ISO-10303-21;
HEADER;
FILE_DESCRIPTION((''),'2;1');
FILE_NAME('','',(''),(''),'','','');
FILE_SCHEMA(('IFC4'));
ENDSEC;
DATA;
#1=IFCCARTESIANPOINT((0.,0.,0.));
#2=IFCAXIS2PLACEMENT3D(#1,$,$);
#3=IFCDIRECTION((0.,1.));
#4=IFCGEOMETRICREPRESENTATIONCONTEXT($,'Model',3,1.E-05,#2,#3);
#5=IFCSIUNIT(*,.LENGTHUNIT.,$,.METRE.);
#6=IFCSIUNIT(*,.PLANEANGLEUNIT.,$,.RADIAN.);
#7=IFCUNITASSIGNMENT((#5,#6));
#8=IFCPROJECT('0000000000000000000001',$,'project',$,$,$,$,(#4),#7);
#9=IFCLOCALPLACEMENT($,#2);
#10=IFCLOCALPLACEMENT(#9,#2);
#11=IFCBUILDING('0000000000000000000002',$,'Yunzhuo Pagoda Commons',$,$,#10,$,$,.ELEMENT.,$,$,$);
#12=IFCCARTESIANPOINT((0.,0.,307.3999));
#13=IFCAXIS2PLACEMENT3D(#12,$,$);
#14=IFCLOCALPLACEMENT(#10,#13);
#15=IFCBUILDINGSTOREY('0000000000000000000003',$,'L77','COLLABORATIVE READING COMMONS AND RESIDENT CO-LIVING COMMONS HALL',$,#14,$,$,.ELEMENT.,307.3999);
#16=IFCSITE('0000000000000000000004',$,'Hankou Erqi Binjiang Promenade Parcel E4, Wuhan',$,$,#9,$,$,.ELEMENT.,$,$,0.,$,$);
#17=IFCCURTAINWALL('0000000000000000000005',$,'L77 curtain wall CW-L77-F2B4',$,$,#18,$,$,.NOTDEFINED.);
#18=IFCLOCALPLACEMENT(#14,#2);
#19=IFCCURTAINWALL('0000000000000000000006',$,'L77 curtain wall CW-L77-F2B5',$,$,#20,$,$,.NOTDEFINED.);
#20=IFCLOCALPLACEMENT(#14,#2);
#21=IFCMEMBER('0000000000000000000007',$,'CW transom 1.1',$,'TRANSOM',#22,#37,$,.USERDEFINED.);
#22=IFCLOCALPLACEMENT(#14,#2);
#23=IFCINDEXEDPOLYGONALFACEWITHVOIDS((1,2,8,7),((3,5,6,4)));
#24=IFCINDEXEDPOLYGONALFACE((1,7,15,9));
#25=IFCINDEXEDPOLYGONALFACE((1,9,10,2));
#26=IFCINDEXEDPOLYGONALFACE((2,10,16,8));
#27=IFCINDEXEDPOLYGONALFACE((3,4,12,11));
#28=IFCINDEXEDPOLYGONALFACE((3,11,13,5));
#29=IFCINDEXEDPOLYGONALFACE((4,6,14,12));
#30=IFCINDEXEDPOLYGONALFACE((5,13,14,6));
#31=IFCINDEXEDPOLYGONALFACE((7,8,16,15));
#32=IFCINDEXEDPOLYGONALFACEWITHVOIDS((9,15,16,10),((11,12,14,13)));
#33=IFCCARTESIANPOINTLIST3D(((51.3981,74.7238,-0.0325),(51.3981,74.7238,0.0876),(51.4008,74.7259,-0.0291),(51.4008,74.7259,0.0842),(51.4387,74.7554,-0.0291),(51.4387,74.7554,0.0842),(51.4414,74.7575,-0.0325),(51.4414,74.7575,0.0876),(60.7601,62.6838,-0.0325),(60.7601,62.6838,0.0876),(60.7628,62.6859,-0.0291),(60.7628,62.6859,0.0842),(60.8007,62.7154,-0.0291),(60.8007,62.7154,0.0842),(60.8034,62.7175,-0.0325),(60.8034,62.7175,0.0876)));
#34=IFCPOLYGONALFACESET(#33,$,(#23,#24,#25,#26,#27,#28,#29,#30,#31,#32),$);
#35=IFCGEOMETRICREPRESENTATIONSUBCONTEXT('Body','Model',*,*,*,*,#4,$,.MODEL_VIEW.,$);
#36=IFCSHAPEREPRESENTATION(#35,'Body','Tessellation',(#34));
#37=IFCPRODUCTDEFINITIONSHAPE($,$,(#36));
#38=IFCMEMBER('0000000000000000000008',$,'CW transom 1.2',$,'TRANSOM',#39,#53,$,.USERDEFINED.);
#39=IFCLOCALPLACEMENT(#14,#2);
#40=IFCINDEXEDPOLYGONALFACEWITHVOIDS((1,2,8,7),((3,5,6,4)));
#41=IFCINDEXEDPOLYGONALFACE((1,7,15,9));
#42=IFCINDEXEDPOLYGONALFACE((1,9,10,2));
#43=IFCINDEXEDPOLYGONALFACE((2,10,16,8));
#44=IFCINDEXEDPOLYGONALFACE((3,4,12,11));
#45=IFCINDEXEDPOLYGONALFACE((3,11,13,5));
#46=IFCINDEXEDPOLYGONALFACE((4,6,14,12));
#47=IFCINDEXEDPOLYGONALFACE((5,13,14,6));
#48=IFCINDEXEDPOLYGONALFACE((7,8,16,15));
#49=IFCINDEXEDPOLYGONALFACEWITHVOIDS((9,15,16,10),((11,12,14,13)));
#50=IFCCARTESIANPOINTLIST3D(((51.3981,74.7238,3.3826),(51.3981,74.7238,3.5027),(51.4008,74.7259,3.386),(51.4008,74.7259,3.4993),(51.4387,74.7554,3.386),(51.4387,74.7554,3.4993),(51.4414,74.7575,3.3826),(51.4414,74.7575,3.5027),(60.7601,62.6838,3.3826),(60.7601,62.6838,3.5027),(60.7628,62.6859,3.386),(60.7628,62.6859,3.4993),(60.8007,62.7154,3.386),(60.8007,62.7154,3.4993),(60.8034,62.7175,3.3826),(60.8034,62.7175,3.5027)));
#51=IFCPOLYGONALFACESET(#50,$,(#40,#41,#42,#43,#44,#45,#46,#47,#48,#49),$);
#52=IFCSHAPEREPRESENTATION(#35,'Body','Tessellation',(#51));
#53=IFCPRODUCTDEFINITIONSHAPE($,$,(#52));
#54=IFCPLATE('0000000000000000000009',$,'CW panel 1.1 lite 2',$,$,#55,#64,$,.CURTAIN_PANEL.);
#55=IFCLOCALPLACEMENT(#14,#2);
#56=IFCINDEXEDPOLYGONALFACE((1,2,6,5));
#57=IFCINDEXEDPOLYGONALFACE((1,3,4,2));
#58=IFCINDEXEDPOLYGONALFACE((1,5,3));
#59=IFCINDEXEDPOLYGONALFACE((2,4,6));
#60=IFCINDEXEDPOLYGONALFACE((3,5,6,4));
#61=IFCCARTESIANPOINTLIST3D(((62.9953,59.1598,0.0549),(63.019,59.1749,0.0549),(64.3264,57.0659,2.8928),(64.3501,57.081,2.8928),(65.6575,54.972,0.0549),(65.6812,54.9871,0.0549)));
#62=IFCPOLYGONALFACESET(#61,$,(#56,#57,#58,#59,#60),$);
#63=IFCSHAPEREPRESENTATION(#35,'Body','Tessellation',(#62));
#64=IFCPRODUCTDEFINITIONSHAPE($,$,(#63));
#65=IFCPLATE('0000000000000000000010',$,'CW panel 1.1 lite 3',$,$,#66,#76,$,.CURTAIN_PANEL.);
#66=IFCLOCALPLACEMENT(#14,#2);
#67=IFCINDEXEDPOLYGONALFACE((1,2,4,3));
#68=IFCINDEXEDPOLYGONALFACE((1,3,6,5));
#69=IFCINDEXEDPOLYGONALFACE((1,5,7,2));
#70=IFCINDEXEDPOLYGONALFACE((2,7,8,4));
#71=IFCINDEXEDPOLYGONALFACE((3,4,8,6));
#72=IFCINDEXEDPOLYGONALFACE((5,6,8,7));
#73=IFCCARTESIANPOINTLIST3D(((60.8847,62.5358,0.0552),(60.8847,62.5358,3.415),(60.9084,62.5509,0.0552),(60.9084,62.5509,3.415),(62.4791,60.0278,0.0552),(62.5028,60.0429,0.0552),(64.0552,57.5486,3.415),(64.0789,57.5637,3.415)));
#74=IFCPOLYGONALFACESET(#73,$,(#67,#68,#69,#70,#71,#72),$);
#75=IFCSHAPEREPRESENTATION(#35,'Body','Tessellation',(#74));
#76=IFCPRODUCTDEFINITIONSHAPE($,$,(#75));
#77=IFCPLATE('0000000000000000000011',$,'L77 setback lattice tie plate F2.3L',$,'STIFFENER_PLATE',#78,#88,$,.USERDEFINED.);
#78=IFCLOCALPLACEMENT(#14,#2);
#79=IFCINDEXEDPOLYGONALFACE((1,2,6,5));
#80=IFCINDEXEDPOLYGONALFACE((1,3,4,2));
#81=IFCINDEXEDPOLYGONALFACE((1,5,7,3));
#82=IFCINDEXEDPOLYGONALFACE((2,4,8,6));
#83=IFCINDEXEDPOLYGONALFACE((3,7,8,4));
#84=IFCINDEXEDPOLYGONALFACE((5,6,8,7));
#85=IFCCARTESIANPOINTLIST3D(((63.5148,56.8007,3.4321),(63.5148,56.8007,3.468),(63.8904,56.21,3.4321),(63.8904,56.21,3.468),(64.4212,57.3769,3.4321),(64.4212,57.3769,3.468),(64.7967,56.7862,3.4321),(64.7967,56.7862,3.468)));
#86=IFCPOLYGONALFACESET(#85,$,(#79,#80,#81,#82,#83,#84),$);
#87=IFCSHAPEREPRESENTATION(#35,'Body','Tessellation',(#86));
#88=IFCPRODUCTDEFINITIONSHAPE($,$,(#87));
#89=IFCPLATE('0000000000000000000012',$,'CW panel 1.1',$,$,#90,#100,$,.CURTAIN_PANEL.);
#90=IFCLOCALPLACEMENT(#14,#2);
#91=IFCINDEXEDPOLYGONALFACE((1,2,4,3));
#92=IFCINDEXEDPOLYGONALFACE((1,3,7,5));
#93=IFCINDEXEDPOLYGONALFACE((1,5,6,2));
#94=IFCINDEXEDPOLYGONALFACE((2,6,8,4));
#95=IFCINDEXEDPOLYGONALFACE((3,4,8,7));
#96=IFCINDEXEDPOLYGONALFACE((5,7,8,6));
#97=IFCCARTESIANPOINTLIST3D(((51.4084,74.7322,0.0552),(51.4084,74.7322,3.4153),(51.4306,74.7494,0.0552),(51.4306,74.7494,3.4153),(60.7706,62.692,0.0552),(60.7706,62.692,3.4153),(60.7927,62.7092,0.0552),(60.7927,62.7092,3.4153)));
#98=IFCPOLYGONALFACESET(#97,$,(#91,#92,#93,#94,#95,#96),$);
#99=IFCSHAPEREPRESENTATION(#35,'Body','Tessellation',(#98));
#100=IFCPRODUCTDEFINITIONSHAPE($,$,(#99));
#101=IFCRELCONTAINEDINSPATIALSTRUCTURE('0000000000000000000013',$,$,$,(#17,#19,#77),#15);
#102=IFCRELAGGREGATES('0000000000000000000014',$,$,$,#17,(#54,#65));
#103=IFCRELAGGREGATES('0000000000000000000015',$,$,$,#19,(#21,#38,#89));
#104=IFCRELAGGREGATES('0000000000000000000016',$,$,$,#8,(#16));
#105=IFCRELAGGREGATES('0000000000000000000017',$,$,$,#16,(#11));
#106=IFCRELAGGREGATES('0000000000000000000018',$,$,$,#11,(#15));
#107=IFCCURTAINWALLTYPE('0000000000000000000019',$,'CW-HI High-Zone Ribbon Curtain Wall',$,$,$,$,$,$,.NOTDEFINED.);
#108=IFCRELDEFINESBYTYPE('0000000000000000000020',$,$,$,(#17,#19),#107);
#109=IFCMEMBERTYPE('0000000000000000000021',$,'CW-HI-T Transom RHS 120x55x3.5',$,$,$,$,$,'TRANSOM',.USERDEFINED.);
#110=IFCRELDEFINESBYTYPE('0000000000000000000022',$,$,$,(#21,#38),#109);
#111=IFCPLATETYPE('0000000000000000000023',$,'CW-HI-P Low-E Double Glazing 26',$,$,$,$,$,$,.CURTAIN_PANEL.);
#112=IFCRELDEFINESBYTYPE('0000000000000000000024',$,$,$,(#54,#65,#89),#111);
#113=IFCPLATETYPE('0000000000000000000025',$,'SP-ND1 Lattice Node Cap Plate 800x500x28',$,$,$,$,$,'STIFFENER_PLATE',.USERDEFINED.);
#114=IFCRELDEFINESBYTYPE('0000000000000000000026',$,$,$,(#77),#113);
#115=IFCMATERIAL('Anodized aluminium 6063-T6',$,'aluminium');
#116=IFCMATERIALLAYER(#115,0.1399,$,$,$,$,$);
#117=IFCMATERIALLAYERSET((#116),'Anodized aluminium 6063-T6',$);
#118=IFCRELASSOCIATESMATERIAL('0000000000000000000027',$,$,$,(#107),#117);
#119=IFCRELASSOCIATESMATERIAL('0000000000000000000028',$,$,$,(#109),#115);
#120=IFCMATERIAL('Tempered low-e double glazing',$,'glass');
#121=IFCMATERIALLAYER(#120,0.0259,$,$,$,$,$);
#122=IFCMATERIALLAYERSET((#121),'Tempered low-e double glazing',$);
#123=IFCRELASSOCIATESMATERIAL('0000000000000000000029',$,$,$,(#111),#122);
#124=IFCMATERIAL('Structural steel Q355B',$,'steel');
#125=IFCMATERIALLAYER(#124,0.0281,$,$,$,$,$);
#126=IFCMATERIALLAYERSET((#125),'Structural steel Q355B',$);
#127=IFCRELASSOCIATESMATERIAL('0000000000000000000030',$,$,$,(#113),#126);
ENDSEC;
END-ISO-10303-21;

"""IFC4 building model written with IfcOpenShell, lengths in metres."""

from ifc_helpers import new_model, si_unit, direction, frame, origin, origin_2d, place, context, subcontext, project, spatial, polyline, rectangle, hollow_rectangle, outline, extrude, source, transform, mapped, material, layer, layer_set, material_profile, profile_set, type_object, element, aggregate, save


model = new_model("IFC4")

# Units and contexts
model_context = context("Model", 3, precision=1e-05, world=origin(), true_north=direction((0.0, 1.0)))
body_context = subcontext(model_context, "Body", "Model", "MODEL_VIEW")
ifc_project = project(units=[si_unit("LENGTHUNIT", "METRE"), si_unit("PLANEANGLEUNIT", "RADIAN")], contexts=[model_context])

# Site, building, storey
site_placement = place(None, origin())
site = spatial("IfcSite", under=ifc_project, at=site_placement, Name="Hankou Erqi Binjiang Promenade Parcel E4, Wuhan", CompositionType="ELEMENT", RefElevation=0.0)
building_placement = place(site_placement, origin())
building = spatial("IfcBuilding", under=site, at=building_placement, Name="Yunzhuo Pagoda Commons", CompositionType="ELEMENT")
storey_placement = place(building_placement, frame((0.0, 0.0, 307.3999)))
storey = spatial("IfcBuildingStorey", under=building, at=storey_placement, Name="L77", Description="COLLABORATIVE READING COMMONS AND RESIDENT CO-LIVING COMMONS HALL", CompositionType="ELEMENT", Elevation=307.3999)

# Shared definitions
ifc_material_1 = material(Name="Structural steel Q355B", Category="steel")

# Curtain wall
ifc_material_2 = material(Name="Anodized aluminium 6063-T6", Category="aluminium")
ifc_layer_1 = layer(ifc_material_2, 0.1399)
ifc_layer_set_1 = layer_set([ifc_layer_1], Name="Anodized aluminium 6063-T6")
curtain_wall_type = type_object("IfcCurtainWallType", Name="CW-HI High-Zone Ribbon Curtain Wall", PredefinedType="NOTDEFINED", material=ifc_layer_set_1)
curtain_wall_1_placement = place(storey_placement, origin())
curtain_wall_1 = element("IfcCurtainWall", 1, at=curtain_wall_1_placement, inside=storey, type_object=curtain_wall_type, Name="L77 curtain wall CW-L77-F2B4", PredefinedType="NOTDEFINED")

# Curtain wall, members
curtain_wall_2_placement = place(storey_placement, origin())
curtain_wall_2 = element("IfcCurtainWall", 2, at=curtain_wall_2_placement, inside=storey, type_object=curtain_wall_type, Name="L77 curtain wall CW-L77-F2B5", PredefinedType="NOTDEFINED")
ifc_material_profile_1 = material_profile(ifc_material_2, hollow_rectangle(XDim=0.0549, YDim=0.1201, WallThickness=0.0034, at=origin_2d()), Name="Anodized aluminium 6063-T6")
ifc_profile_set_1 = profile_set([ifc_material_profile_1], Name="Anodized aluminium 6063-T6")
member_type_1 = type_object("IfcMemberType", Name="CW-HI-T Transom RHS 120x55x3.5", ElementType="TRANSOM", PredefinedType="USERDEFINED", material=ifc_profile_set_1)
shared_shape_1 = source(origin(), body_context, "Body", "SweptSolid", [
    extrude(hollow_rectangle(XDim=0.0549, YDim=0.1201, WallThickness=0.0034, at=origin_2d()), origin(), (0.0, 0.0, 1.0), 15.2515),
])
member_1_placement = place(storey_placement, frame((60.7817, 62.7007, 0.0276), z_axis=(-0.613842, 0.789429, 0.0), x_axis=(-0.789429, -0.613842, 0.0)))
member_1 = element("IfcMember", 3, at=member_1_placement, type_object=member_type_1, Name="CW transom 1.1", ObjectType="TRANSOM", PredefinedType="USERDEFINED", context=body_context, shape_type="MappedRepresentation", body=[
    mapped(shared_shape_1, transform((0.0, 0.0, 0.0), scale=1.0)),
])
member_2_placement = place(storey_placement, frame((60.7817, 62.7007, 3.4426), z_axis=(-0.613842, 0.789429, 0.0), x_axis=(-0.789429, -0.613842, 0.0)))
member_2 = element("IfcMember", 4, at=member_2_placement, type_object=member_type_1, Name="CW transom 1.2", ObjectType="TRANSOM", PredefinedType="USERDEFINED", context=body_context, shape_type="MappedRepresentation", body=[
    mapped(shared_shape_1, transform((0.0, 0.0, 0.0), scale=1.0)),
])

# Plates
ifc_material_3 = material(Name="Tempered low-e double glazing", Category="glass")
ifc_layer_2 = layer(ifc_material_3, 0.0259)
ifc_layer_set_2 = layer_set([ifc_layer_2], Name="Tempered low-e double glazing")
plate_type_1 = type_object("IfcPlateType", Name="CW-HI-P Low-E Double Glazing 26", PredefinedType="CURTAIN_PANEL", material=ifc_layer_set_2)
plate_1_placement = place(storey_placement, frame((64.3264, 57.0659, 1.4739), z_axis=(0.84391, 0.536485, 0.0), x_axis=(-0.536485, 0.84391, 0.0)))
plate_1 = element("IfcPlate", 5, at=plate_1_placement, type_object=plate_type_1, Name="CW panel 1.1 lite 2", PredefinedType="CURTAIN_PANEL", context=body_context, shape_type="SweptSolid", body=[
    extrude(outline(polyline([(-2.4812, -1.4189), (2.4812, -1.4189), (0.0, 1.4189), (-2.4812, -1.4189)])), origin(), (0.0, 0.0, 1.0), 0.0281),
])
plate_2_placement = place(storey_placement, frame((62.47, 60.0422, 1.7351), z_axis=(0.84391, 0.536485, 0.0), x_axis=(-0.536485, 0.84391, 0.0)))
plate_2 = element("IfcPlate", 6, at=plate_2_placement, type_object=plate_type_1, Name="CW panel 1.1 lite 3", PredefinedType="CURTAIN_PANEL", context=body_context, shape_type="SweptSolid", body=[
    extrude(outline(polyline([(-2.9548, 1.6799), (-0.0171, -1.6799), (2.9548, -1.6799), (2.9548, 1.6799), (-2.9548, 1.6799)])), origin(), (0.0, 0.0, 1.0), 0.0281),
])
aggregate(curtain_wall_1, [plate_1, plate_2])
ifc_layer_3 = layer(ifc_material_1, 0.0281)
ifc_layer_set_3 = layer_set([ifc_layer_3], Name="Structural steel Q355B")
plate_type_2 = type_object("IfcPlateType", Name="SP-ND1 Lattice Node Cap Plate 800x500x28", ElementType="STIFFENER_PLATE", PredefinedType="USERDEFINED", material=ifc_layer_set_3)
shared_shape_2 = source(origin(), body_context, "Body", "SweptSolid", [
    extrude(rectangle(XDim=0.7, YDim=1.074, at=origin_2d()), origin(), (0.0, 0.0, 1.0), 0.0359),
])
plate_3_placement = place(storey_placement, frame((64.1558, 56.7935, 3.4321), z_axis=(0.0, 0.0, 1.0), x_axis=(-0.53649, 0.843907, 0.0)))
element("IfcPlate", 7, at=plate_3_placement, inside=storey, type_object=plate_type_2, Name="L77 setback lattice tie plate F2.3L", ObjectType="STIFFENER_PLATE", PredefinedType="USERDEFINED", context=body_context, shape_type="MappedRepresentation", body=[
    mapped(shared_shape_2, transform((0.0, 0.0, 0.0), scale=1.0)),
])
shared_shape_3 = source(origin(), body_context, "Body", "SweptSolid", [
    extrude(rectangle(XDim=15.2517, YDim=0.0281, at=origin_2d()), origin(), (0.0, 0.0, 1.0), 3.3601),
])
plate_4_placement = place(storey_placement, frame((56.1006, 68.7207, 0.0552), z_axis=(0.0, 0.0, 1.0), x_axis=(-0.61384, 0.78943, 0.0)))
plate_4 = element("IfcPlate", 8, at=plate_4_placement, type_object=plate_type_1, Name="CW panel 1.1", PredefinedType="CURTAIN_PANEL", context=body_context, shape_type="MappedRepresentation", body=[
    mapped(shared_shape_3, transform((0.0, 0.0, 0.0), scale=1.0)),
])
aggregate(curtain_wall_2, [member_1, member_2, plate_4])

save(model, "model.ifc")
